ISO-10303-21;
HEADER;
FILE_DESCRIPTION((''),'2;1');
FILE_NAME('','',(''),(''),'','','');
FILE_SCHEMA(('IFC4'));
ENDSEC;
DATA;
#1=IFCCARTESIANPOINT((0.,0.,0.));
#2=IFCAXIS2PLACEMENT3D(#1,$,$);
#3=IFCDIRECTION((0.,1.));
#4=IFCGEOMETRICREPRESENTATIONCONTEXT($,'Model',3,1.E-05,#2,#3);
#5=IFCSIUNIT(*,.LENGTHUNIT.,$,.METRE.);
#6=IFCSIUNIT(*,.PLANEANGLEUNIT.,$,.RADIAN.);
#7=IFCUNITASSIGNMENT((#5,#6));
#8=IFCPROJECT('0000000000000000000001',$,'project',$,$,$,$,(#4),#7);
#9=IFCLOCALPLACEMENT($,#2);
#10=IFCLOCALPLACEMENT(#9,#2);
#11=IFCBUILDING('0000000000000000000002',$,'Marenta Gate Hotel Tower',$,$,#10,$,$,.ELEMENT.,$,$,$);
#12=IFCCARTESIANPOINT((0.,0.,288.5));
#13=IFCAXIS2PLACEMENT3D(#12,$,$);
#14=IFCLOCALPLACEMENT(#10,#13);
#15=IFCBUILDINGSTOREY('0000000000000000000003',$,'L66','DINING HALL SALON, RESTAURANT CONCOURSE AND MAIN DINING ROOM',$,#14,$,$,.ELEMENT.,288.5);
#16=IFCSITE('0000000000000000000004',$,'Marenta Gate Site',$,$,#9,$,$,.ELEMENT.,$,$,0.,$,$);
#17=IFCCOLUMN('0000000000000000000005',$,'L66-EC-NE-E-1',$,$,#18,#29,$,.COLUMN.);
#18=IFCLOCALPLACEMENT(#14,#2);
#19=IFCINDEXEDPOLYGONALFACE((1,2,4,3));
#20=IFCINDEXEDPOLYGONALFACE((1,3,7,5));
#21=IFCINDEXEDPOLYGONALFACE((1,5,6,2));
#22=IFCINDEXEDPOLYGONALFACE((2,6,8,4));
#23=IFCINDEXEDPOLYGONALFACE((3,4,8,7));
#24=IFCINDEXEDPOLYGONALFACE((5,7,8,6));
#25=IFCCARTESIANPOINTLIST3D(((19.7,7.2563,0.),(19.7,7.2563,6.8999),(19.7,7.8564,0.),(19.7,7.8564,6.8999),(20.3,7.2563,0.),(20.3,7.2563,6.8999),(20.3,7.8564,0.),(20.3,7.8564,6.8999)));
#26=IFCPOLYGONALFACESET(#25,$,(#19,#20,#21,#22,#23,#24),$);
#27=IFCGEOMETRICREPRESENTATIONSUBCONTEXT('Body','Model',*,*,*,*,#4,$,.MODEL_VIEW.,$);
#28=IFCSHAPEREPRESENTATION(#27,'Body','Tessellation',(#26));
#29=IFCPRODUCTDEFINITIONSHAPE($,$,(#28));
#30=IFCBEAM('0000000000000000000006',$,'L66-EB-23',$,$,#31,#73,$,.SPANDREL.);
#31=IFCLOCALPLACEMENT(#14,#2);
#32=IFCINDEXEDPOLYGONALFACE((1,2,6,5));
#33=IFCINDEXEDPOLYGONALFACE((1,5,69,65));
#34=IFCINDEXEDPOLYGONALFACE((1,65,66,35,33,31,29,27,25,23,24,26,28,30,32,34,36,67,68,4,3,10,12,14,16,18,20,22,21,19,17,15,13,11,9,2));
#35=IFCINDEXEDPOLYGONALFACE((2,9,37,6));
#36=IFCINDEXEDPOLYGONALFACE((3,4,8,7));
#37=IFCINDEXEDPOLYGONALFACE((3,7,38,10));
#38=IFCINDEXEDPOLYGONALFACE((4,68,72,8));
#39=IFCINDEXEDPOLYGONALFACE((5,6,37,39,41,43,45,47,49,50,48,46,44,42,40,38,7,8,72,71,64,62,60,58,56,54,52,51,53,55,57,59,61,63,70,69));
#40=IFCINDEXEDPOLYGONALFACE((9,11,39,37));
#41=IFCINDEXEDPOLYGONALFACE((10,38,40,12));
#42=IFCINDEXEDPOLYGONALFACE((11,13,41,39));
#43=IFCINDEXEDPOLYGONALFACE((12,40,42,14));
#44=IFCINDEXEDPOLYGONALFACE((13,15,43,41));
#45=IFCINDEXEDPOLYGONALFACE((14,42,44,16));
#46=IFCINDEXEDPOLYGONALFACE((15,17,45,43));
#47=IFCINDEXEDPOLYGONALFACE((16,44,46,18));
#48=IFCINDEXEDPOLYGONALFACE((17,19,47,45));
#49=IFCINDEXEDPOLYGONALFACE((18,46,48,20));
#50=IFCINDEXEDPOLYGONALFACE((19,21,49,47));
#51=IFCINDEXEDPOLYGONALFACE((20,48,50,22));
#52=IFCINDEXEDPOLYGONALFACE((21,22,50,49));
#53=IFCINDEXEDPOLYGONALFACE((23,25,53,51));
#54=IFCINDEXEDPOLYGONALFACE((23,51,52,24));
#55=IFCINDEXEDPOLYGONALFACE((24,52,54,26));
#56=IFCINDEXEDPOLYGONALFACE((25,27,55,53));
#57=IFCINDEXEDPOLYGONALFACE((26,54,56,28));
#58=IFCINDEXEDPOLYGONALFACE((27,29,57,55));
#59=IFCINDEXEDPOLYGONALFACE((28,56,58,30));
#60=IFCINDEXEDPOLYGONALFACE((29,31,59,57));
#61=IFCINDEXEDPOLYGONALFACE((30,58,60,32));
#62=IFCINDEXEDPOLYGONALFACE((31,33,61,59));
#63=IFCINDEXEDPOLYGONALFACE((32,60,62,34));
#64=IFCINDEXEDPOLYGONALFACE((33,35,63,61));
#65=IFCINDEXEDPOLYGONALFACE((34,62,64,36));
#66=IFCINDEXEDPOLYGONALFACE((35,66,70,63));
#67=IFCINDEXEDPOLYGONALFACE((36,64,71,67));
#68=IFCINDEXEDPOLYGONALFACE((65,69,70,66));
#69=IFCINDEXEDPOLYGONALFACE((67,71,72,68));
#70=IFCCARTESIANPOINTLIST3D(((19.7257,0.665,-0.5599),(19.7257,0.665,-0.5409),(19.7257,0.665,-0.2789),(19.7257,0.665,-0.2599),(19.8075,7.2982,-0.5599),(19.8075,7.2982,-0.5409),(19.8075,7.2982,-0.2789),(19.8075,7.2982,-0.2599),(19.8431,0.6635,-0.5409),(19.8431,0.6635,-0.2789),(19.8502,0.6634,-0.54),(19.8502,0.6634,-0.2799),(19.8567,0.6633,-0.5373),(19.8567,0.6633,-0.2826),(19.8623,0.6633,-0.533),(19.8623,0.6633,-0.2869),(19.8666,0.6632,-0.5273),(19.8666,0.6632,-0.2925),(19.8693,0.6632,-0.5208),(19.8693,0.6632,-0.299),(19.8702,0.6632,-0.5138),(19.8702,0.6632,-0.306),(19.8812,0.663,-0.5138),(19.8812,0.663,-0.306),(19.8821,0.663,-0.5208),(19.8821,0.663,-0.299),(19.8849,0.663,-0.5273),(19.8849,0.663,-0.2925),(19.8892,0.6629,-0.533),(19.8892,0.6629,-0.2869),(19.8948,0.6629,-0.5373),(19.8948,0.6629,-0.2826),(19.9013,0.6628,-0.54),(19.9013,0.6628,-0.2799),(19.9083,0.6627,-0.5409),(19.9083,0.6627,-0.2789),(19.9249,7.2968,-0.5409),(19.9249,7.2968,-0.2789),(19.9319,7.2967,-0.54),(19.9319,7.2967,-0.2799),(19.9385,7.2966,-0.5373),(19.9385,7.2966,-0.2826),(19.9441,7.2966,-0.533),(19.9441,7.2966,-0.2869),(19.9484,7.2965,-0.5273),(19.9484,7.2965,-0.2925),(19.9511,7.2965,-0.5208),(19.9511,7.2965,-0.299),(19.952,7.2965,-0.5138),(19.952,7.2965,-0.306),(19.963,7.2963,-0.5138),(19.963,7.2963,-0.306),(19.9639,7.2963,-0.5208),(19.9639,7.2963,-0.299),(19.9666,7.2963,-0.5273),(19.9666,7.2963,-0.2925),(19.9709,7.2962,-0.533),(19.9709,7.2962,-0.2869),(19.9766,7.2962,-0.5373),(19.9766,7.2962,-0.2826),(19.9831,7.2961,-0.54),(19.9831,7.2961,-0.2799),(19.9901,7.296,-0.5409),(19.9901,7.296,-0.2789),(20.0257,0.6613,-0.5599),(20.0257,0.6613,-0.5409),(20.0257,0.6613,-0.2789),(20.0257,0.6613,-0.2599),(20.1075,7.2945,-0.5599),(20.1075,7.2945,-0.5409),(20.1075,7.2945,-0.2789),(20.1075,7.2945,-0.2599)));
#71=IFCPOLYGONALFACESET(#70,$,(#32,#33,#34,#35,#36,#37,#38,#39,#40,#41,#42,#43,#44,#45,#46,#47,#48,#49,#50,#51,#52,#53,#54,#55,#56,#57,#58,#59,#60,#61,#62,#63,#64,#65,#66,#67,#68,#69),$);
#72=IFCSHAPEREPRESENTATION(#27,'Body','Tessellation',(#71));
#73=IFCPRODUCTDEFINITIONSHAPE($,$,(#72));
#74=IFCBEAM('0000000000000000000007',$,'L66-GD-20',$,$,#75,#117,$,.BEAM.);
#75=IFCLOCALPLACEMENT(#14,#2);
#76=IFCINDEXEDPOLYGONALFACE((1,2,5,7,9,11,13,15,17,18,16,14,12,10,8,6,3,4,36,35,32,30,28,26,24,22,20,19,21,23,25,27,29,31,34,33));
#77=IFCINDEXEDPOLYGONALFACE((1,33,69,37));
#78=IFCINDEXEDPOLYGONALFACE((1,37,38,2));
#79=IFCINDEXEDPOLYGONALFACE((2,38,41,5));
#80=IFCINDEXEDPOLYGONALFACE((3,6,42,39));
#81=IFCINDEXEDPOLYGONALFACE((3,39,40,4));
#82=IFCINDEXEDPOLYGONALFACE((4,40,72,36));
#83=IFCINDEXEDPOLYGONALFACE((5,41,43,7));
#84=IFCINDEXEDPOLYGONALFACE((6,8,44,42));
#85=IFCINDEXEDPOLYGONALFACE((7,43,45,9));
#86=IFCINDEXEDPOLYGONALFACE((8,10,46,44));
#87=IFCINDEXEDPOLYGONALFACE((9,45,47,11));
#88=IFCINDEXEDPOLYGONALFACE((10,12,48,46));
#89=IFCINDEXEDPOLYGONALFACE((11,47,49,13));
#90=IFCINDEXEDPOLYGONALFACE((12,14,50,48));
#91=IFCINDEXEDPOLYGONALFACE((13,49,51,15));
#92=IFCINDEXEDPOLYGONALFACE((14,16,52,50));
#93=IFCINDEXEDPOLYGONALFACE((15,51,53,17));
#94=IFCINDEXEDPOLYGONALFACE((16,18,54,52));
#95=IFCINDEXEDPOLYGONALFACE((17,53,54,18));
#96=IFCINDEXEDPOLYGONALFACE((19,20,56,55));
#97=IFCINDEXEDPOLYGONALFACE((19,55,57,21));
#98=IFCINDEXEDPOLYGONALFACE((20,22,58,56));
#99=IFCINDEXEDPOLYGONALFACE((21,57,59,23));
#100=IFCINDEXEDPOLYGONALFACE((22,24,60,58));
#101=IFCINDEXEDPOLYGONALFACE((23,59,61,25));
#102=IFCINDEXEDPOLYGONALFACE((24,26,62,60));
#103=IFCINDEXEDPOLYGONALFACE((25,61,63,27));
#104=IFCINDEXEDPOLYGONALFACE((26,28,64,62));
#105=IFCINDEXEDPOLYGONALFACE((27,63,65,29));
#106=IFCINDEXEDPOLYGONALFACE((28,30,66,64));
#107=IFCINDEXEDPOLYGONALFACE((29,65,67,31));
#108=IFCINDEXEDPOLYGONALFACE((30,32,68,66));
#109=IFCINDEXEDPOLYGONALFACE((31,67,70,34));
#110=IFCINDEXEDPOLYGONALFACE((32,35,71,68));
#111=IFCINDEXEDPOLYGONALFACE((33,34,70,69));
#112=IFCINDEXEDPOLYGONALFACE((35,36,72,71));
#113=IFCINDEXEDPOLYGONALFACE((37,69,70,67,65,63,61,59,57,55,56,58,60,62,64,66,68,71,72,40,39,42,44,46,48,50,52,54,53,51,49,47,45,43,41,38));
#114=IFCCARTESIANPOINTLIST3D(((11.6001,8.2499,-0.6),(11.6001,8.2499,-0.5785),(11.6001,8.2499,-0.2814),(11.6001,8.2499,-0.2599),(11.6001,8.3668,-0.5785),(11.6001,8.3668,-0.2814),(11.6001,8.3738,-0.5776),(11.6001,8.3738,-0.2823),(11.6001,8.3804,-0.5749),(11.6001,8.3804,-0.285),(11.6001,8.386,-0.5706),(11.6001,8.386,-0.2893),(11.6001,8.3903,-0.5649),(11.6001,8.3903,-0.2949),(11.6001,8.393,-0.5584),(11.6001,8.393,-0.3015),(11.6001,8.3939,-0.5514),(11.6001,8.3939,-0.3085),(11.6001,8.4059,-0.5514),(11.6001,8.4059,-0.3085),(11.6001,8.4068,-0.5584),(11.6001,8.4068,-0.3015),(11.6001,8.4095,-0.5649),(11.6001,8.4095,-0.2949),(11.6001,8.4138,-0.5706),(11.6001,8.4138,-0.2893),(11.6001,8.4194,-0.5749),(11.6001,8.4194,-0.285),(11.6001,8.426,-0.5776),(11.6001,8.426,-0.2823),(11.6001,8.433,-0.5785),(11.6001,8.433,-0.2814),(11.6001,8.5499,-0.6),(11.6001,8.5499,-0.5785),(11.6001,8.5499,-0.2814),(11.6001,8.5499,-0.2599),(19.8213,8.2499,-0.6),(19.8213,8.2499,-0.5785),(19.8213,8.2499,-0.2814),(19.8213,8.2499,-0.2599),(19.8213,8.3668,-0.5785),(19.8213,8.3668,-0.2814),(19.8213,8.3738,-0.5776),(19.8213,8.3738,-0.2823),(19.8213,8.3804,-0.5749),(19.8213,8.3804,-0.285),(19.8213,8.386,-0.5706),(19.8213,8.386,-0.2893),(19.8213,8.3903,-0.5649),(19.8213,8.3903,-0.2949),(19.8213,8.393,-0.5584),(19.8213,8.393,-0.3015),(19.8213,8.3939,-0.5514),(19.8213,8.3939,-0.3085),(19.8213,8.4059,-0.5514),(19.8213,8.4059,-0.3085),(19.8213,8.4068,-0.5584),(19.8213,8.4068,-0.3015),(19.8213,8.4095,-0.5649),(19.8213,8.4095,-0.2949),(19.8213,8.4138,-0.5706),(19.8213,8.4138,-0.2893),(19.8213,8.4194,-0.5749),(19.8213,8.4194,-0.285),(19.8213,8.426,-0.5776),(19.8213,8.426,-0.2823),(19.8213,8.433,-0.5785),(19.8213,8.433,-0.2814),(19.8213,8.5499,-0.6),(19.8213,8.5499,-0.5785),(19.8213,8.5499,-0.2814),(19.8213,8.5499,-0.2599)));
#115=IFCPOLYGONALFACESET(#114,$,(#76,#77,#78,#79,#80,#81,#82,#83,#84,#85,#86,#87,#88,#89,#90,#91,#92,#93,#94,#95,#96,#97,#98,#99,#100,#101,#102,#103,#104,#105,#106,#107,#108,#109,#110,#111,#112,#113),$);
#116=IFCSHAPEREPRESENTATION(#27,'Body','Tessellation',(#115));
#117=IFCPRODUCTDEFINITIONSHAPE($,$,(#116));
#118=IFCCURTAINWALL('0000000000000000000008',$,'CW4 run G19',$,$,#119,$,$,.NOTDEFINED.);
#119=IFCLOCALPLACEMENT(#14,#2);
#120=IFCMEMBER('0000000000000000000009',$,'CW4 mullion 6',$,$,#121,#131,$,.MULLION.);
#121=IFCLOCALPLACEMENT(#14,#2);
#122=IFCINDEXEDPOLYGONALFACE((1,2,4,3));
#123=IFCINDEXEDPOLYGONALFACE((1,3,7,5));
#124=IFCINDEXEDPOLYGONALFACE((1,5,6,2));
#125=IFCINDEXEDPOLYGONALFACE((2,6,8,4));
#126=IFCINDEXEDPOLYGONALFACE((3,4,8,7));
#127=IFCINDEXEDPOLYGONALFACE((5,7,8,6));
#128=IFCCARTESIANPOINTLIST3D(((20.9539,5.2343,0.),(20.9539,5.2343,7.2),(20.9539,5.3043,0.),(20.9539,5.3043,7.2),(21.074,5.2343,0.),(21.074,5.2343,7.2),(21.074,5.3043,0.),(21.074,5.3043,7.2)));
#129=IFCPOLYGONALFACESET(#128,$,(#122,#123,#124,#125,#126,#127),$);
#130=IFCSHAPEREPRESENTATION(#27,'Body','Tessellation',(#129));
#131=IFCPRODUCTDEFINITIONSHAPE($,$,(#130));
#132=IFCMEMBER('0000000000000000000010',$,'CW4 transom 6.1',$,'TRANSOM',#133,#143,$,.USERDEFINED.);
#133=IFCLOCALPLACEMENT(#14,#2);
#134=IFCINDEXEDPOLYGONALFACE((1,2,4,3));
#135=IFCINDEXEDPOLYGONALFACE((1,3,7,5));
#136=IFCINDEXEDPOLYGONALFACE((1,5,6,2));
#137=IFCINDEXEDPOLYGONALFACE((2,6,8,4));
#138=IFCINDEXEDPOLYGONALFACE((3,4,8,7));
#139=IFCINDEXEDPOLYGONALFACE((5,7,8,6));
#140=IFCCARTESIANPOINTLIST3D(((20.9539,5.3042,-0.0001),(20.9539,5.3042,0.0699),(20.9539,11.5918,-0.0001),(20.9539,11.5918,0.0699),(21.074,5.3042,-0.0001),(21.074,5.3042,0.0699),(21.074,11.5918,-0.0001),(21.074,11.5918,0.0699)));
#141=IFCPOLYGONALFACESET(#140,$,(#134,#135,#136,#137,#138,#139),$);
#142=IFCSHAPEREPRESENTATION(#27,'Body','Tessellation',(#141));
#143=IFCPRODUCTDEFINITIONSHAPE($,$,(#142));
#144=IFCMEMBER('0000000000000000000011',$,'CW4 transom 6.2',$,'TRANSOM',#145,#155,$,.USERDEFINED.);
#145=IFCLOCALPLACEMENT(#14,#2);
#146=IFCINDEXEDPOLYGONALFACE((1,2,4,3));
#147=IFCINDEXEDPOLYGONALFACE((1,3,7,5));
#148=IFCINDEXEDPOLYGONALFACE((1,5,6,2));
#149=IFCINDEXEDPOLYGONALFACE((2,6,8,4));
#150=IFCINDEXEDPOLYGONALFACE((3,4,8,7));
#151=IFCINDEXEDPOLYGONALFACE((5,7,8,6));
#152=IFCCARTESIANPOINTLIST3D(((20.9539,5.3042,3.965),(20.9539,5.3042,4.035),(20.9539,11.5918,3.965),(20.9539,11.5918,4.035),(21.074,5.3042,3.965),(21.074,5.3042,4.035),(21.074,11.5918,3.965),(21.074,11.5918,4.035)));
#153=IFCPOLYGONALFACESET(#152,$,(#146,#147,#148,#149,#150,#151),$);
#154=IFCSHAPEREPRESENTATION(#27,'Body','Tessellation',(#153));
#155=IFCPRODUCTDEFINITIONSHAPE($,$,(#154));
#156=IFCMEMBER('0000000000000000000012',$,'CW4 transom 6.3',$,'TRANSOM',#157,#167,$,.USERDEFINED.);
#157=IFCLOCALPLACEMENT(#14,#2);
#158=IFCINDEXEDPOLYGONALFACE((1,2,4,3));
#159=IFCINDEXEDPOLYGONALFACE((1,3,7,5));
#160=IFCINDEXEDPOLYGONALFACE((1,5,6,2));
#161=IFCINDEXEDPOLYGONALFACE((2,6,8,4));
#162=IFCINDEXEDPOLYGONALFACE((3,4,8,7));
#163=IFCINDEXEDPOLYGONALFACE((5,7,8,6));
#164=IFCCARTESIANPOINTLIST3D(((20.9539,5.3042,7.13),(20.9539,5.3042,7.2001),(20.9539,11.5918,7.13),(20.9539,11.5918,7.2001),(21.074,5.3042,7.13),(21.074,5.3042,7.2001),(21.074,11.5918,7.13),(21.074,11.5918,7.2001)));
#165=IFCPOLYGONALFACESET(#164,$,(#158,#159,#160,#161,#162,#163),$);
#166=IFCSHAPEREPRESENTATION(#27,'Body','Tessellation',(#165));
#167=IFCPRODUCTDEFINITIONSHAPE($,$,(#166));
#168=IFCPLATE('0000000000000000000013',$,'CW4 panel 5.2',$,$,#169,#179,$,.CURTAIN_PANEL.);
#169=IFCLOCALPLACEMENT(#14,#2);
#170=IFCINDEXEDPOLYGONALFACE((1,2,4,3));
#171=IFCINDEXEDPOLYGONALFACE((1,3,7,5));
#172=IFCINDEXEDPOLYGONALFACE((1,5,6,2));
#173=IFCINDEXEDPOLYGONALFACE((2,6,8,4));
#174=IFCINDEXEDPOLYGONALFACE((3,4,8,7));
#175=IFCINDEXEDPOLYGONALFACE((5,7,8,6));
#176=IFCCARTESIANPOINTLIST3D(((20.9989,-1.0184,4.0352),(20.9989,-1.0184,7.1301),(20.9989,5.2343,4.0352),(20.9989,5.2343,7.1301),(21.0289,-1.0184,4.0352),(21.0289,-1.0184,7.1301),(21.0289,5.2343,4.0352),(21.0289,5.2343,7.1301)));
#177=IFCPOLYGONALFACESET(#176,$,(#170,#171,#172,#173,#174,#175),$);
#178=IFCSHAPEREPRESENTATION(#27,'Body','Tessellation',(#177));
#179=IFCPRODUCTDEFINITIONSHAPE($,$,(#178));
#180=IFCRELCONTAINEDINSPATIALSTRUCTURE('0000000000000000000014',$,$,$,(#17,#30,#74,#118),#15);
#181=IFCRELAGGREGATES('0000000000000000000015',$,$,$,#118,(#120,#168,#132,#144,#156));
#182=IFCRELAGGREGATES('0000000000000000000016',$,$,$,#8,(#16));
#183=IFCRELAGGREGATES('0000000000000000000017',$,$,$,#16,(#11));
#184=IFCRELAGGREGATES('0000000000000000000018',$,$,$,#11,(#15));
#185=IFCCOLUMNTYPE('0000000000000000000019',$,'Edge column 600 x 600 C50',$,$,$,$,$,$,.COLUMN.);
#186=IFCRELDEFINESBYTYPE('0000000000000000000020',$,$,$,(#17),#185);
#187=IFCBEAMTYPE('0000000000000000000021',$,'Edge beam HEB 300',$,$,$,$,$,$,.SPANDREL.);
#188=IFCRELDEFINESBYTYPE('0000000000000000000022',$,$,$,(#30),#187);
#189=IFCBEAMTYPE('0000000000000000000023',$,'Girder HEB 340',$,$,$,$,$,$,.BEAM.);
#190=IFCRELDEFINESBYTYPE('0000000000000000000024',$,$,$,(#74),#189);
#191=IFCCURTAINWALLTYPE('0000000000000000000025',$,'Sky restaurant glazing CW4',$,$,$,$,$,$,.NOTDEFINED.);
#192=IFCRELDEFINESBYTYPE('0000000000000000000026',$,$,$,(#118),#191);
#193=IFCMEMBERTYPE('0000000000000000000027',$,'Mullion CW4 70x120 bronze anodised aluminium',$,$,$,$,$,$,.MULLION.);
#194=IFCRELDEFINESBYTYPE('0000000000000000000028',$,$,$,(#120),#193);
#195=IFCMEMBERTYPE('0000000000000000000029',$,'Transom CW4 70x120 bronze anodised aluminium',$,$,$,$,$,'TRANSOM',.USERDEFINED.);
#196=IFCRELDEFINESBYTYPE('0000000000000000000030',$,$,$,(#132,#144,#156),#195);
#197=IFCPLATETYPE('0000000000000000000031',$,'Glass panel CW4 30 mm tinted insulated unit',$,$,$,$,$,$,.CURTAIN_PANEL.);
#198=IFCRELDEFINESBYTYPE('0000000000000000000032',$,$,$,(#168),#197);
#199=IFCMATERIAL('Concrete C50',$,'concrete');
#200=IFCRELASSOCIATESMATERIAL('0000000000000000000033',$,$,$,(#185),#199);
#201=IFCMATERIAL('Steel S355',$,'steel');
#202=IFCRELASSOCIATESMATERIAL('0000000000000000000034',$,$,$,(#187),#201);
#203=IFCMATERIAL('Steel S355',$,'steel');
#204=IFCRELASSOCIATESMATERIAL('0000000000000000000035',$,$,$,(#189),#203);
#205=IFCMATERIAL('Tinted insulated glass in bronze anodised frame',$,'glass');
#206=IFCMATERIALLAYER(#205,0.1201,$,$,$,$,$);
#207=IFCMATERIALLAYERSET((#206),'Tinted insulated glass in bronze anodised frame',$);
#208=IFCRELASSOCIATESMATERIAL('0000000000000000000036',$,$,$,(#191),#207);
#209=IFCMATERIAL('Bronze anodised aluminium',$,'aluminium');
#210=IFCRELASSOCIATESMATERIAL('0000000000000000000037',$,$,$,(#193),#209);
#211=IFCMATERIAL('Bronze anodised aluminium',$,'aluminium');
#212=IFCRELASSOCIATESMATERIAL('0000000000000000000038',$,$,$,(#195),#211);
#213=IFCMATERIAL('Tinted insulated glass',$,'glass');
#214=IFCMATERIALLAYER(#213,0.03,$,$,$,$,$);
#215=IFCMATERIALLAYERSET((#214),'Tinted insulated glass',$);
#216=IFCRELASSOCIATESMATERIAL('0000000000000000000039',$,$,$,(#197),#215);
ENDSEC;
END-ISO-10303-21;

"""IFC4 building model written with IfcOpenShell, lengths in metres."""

from ifc_helpers import new_model, si_unit, direction, frame, origin, origin_2d, place, context, subcontext, project, spatial, rectangle, i_section, extrude, material, layer, layer_set, material_profile, profile_set, type_object, element, aggregate, save


model = new_model("IFC4")

# Units and contexts
model_context = context("Model", 3, precision=1e-05, world=origin(), true_north=direction((0.0, 1.0)))
body_context = subcontext(model_context, "Body", "Model", "MODEL_VIEW")
ifc_project = project(units=[si_unit("LENGTHUNIT", "METRE"), si_unit("PLANEANGLEUNIT", "RADIAN")], contexts=[model_context])

# Site, building, storey
site_placement = place(None, origin())
site = spatial("IfcSite", under=ifc_project, at=site_placement, Name="Marenta Gate Site", CompositionType="ELEMENT", RefElevation=0.0)
building_placement = place(site_placement, origin())
building = spatial("IfcBuilding", under=site, at=building_placement, Name="Marenta Gate Hotel Tower", CompositionType="ELEMENT")
storey_placement = place(building_placement, frame((0.0, 0.0, 288.5)))
storey = spatial("IfcBuildingStorey", under=building, at=storey_placement, Name="L66", Description="DINING HALL SALON, RESTAURANT CONCOURSE AND MAIN DINING ROOM", CompositionType="ELEMENT", Elevation=288.5)

# Column
ifc_material_1 = material(Name="Concrete C50", Category="concrete")
ifc_material_profile_1 = material_profile(ifc_material_1, rectangle(XDim=0.6001, YDim=0.6001, at=origin_2d()), Name="600 x 600")
ifc_profile_set_1 = profile_set([ifc_material_profile_1], Name="Concrete C50")
column_type = type_object("IfcColumnType", Name="Edge column 600 x 600 C50", PredefinedType="COLUMN", material=ifc_profile_set_1)
column_placement = place(storey_placement, frame((20.0, 7.5564, 0.0), z_axis=(0.0, 0.0, 1.0), x_axis=(1.0, 0.0, 0.0)))
element("IfcColumn", 1, at=column_placement, inside=storey, type_object=column_type, Name="L66-EC-NE-E-1", PredefinedType="COLUMN", context=body_context, shape_type="SweptSolid", body=[
    extrude(rectangle(XDim=0.6001, YDim=0.6001, at=origin_2d()), origin(), (0.0, 0.0, 1.0), 6.8999),
])

# Beams
ifc_material_2 = material(Name="Steel S355", Category="steel")
ifc_material_profile_2 = material_profile(ifc_material_2, i_section(OverallWidth=0.3, OverallDepth=0.3, WebThickness=0.011, FlangeThickness=0.019, FilletRadius=0.0271, at=origin_2d()), Name="HEB 300")
ifc_profile_set_2 = profile_set([ifc_material_profile_2], Name="Steel S355")
beam_type_1 = type_object("IfcBeamType", Name="Edge beam HEB 300", PredefinedType="SPANDREL", material=ifc_profile_set_2)
beam_1_placement = place(storey_placement, frame((19.9575, 7.2964, -0.4099), z_axis=(-0.012329, -0.999924, 0.0), x_axis=(0.999924, -0.012329, 0.0)))
element("IfcBeam", 2, at=beam_1_placement, inside=storey, type_object=beam_type_1, Name="L66-EB-23", PredefinedType="SPANDREL", context=body_context, shape_type="SweptSolid", body=[
    extrude(i_section(OverallWidth=0.3, OverallDepth=0.3, WebThickness=0.011, FlangeThickness=0.019, FilletRadius=0.0271, at=origin_2d()), origin(), (0.0, 0.0, 1.0), 6.6338),
])
ifc_material_3 = material(Name="Steel S355", Category="steel")
ifc_material_profile_3 = material_profile(ifc_material_3, i_section(OverallWidth=0.3, OverallDepth=0.3401, WebThickness=0.012, FlangeThickness=0.0215, FilletRadius=0.0271, at=origin_2d()), Name="HEB 340")
ifc_profile_set_3 = profile_set([ifc_material_profile_3], Name="Steel S355")
beam_type_2 = type_object("IfcBeamType", Name="Girder HEB 340", PredefinedType="BEAM", material=ifc_profile_set_3)
beam_2_placement = place(storey_placement, frame((11.6001, 8.3999, -0.4299), z_axis=(1.0, 0.0, 0.0), x_axis=(0.0, 1.0, 0.0)))
element("IfcBeam", 3, at=beam_2_placement, inside=storey, type_object=beam_type_2, Name="L66-GD-20", PredefinedType="BEAM", context=body_context, shape_type="SweptSolid", body=[
    extrude(i_section(OverallWidth=0.3, OverallDepth=0.3401, WebThickness=0.012, FlangeThickness=0.0215, FilletRadius=0.0271, at=origin_2d()), origin(), (0.0, 0.0, 1.0), 8.2212),
])

# Curtain wall, members, plate
ifc_material_4 = material(Name="Tinted insulated glass in bronze anodised frame", Category="glass")
ifc_layer_1 = layer(ifc_material_4, 0.1201)
ifc_layer_set_1 = layer_set([ifc_layer_1], Name="Tinted insulated glass in bronze anodised frame")
curtain_wall_type = type_object("IfcCurtainWallType", Name="Sky restaurant glazing CW4", PredefinedType="NOTDEFINED", material=ifc_layer_set_1)
curtain_wall_placement = place(storey_placement, origin())
curtain_wall = element("IfcCurtainWall", 4, at=curtain_wall_placement, inside=storey, type_object=curtain_wall_type, Name="CW4 run G19", PredefinedType="NOTDEFINED")
ifc_material_5 = material(Name="Bronze anodised aluminium", Category="aluminium")
ifc_material_profile_4 = material_profile(ifc_material_5, rectangle(XDim=0.1201, YDim=0.0701, at=origin_2d()), Name="Mullion CW4 70x120 bronze anodised aluminium")
ifc_profile_set_4 = profile_set([ifc_material_profile_4], Name="Bronze anodised aluminium")
member_type_1 = type_object("IfcMemberType", Name="Mullion CW4 70x120 bronze anodised aluminium", PredefinedType="MULLION", material=ifc_profile_set_4)
member_1_placement = place(storey_placement, frame((21.0139, 5.2693, 0.0), z_axis=(0.0, 0.0, 1.0), x_axis=(-1.0, 0.0, 0.0)))
member_1 = element("IfcMember", 5, at=member_1_placement, type_object=member_type_1, Name="CW4 mullion 6", PredefinedType="MULLION", context=body_context, shape_type="SweptSolid", body=[
    extrude(rectangle(XDim=0.1201, YDim=0.0701, at=origin_2d()), origin(), (0.0, 0.0, 1.0), 7.2),
])
ifc_material_6 = material(Name="Bronze anodised aluminium", Category="aluminium")
ifc_material_profile_5 = material_profile(ifc_material_6, rectangle(XDim=0.1201, YDim=0.0701, at=origin_2d()), Name="Transom CW4 70x120 bronze anodised aluminium")
ifc_profile_set_5 = profile_set([ifc_material_profile_5], Name="Bronze anodised aluminium")
member_type_2 = type_object("IfcMemberType", Name="Transom CW4 70x120 bronze anodised aluminium", ElementType="TRANSOM", PredefinedType="USERDEFINED", material=ifc_profile_set_5)
member_2_placement = place(storey_placement, frame((21.0139, 5.3042, 0.0349), z_axis=(0.0, 1.0, 0.0), x_axis=(-1.0, 0.0, 0.0)))
member_2 = element("IfcMember", 6, at=member_2_placement, type_object=member_type_2, Name="CW4 transom 6.1", ObjectType="TRANSOM", PredefinedType="USERDEFINED", context=body_context, shape_type="SweptSolid", body=[
    extrude(rectangle(XDim=0.1201, YDim=0.0701, at=origin_2d()), origin(), (0.0, 0.0, 1.0), 6.2876),
])
member_3_placement = place(storey_placement, frame((21.0139, 5.3042, 4.0), z_axis=(0.0, 1.0, 0.0), x_axis=(-1.0, 0.0, 0.0)))
member_3 = element("IfcMember", 7, at=member_3_placement, type_object=member_type_2, Name="CW4 transom 6.2", ObjectType="TRANSOM", PredefinedType="USERDEFINED", context=body_context, shape_type="SweptSolid", body=[
    extrude(rectangle(XDim=0.1201, YDim=0.0701, at=origin_2d()), origin(), (0.0, 0.0, 1.0), 6.2876),
])
member_4_placement = place(storey_placement, frame((21.0139, 5.3042, 7.165), z_axis=(0.0, 1.0, 0.0), x_axis=(-1.0, 0.0, 0.0)))
member_4 = element("IfcMember", 8, at=member_4_placement, type_object=member_type_2, Name="CW4 transom 6.3", ObjectType="TRANSOM", PredefinedType="USERDEFINED", context=body_context, shape_type="SweptSolid", body=[
    extrude(rectangle(XDim=0.1201, YDim=0.0701, at=origin_2d()), origin(), (0.0, 0.0, 1.0), 6.2876),
])
ifc_material_7 = material(Name="Tinted insulated glass", Category="glass")
ifc_layer_2 = layer(ifc_material_7, 0.03)
ifc_layer_set_2 = layer_set([ifc_layer_2], Name="Tinted insulated glass")
plate_type = type_object("IfcPlateType", Name="Glass panel CW4 30 mm tinted insulated unit", PredefinedType="CURTAIN_PANEL", material=ifc_layer_set_2)
plate_1_placement = place(storey_placement, frame((21.0139, 2.1079, 4.0352), z_axis=(0.0, 0.0, 1.0), x_axis=(0.0, 1.0, 0.0)))
plate_1 = element("IfcPlate", 9, at=plate_1_placement, type_object=plate_type, Name="CW4 panel 5.2", PredefinedType="CURTAIN_PANEL", context=body_context, shape_type="SweptSolid", body=[
    extrude(rectangle(XDim=6.2527, YDim=0.03, at=origin_2d()), origin(), (0.0, 0.0, 1.0), 3.095),
])
aggregate(curtain_wall, [member_1, plate_1, member_2, member_3, member_4])

save(model, "model.ifc")
